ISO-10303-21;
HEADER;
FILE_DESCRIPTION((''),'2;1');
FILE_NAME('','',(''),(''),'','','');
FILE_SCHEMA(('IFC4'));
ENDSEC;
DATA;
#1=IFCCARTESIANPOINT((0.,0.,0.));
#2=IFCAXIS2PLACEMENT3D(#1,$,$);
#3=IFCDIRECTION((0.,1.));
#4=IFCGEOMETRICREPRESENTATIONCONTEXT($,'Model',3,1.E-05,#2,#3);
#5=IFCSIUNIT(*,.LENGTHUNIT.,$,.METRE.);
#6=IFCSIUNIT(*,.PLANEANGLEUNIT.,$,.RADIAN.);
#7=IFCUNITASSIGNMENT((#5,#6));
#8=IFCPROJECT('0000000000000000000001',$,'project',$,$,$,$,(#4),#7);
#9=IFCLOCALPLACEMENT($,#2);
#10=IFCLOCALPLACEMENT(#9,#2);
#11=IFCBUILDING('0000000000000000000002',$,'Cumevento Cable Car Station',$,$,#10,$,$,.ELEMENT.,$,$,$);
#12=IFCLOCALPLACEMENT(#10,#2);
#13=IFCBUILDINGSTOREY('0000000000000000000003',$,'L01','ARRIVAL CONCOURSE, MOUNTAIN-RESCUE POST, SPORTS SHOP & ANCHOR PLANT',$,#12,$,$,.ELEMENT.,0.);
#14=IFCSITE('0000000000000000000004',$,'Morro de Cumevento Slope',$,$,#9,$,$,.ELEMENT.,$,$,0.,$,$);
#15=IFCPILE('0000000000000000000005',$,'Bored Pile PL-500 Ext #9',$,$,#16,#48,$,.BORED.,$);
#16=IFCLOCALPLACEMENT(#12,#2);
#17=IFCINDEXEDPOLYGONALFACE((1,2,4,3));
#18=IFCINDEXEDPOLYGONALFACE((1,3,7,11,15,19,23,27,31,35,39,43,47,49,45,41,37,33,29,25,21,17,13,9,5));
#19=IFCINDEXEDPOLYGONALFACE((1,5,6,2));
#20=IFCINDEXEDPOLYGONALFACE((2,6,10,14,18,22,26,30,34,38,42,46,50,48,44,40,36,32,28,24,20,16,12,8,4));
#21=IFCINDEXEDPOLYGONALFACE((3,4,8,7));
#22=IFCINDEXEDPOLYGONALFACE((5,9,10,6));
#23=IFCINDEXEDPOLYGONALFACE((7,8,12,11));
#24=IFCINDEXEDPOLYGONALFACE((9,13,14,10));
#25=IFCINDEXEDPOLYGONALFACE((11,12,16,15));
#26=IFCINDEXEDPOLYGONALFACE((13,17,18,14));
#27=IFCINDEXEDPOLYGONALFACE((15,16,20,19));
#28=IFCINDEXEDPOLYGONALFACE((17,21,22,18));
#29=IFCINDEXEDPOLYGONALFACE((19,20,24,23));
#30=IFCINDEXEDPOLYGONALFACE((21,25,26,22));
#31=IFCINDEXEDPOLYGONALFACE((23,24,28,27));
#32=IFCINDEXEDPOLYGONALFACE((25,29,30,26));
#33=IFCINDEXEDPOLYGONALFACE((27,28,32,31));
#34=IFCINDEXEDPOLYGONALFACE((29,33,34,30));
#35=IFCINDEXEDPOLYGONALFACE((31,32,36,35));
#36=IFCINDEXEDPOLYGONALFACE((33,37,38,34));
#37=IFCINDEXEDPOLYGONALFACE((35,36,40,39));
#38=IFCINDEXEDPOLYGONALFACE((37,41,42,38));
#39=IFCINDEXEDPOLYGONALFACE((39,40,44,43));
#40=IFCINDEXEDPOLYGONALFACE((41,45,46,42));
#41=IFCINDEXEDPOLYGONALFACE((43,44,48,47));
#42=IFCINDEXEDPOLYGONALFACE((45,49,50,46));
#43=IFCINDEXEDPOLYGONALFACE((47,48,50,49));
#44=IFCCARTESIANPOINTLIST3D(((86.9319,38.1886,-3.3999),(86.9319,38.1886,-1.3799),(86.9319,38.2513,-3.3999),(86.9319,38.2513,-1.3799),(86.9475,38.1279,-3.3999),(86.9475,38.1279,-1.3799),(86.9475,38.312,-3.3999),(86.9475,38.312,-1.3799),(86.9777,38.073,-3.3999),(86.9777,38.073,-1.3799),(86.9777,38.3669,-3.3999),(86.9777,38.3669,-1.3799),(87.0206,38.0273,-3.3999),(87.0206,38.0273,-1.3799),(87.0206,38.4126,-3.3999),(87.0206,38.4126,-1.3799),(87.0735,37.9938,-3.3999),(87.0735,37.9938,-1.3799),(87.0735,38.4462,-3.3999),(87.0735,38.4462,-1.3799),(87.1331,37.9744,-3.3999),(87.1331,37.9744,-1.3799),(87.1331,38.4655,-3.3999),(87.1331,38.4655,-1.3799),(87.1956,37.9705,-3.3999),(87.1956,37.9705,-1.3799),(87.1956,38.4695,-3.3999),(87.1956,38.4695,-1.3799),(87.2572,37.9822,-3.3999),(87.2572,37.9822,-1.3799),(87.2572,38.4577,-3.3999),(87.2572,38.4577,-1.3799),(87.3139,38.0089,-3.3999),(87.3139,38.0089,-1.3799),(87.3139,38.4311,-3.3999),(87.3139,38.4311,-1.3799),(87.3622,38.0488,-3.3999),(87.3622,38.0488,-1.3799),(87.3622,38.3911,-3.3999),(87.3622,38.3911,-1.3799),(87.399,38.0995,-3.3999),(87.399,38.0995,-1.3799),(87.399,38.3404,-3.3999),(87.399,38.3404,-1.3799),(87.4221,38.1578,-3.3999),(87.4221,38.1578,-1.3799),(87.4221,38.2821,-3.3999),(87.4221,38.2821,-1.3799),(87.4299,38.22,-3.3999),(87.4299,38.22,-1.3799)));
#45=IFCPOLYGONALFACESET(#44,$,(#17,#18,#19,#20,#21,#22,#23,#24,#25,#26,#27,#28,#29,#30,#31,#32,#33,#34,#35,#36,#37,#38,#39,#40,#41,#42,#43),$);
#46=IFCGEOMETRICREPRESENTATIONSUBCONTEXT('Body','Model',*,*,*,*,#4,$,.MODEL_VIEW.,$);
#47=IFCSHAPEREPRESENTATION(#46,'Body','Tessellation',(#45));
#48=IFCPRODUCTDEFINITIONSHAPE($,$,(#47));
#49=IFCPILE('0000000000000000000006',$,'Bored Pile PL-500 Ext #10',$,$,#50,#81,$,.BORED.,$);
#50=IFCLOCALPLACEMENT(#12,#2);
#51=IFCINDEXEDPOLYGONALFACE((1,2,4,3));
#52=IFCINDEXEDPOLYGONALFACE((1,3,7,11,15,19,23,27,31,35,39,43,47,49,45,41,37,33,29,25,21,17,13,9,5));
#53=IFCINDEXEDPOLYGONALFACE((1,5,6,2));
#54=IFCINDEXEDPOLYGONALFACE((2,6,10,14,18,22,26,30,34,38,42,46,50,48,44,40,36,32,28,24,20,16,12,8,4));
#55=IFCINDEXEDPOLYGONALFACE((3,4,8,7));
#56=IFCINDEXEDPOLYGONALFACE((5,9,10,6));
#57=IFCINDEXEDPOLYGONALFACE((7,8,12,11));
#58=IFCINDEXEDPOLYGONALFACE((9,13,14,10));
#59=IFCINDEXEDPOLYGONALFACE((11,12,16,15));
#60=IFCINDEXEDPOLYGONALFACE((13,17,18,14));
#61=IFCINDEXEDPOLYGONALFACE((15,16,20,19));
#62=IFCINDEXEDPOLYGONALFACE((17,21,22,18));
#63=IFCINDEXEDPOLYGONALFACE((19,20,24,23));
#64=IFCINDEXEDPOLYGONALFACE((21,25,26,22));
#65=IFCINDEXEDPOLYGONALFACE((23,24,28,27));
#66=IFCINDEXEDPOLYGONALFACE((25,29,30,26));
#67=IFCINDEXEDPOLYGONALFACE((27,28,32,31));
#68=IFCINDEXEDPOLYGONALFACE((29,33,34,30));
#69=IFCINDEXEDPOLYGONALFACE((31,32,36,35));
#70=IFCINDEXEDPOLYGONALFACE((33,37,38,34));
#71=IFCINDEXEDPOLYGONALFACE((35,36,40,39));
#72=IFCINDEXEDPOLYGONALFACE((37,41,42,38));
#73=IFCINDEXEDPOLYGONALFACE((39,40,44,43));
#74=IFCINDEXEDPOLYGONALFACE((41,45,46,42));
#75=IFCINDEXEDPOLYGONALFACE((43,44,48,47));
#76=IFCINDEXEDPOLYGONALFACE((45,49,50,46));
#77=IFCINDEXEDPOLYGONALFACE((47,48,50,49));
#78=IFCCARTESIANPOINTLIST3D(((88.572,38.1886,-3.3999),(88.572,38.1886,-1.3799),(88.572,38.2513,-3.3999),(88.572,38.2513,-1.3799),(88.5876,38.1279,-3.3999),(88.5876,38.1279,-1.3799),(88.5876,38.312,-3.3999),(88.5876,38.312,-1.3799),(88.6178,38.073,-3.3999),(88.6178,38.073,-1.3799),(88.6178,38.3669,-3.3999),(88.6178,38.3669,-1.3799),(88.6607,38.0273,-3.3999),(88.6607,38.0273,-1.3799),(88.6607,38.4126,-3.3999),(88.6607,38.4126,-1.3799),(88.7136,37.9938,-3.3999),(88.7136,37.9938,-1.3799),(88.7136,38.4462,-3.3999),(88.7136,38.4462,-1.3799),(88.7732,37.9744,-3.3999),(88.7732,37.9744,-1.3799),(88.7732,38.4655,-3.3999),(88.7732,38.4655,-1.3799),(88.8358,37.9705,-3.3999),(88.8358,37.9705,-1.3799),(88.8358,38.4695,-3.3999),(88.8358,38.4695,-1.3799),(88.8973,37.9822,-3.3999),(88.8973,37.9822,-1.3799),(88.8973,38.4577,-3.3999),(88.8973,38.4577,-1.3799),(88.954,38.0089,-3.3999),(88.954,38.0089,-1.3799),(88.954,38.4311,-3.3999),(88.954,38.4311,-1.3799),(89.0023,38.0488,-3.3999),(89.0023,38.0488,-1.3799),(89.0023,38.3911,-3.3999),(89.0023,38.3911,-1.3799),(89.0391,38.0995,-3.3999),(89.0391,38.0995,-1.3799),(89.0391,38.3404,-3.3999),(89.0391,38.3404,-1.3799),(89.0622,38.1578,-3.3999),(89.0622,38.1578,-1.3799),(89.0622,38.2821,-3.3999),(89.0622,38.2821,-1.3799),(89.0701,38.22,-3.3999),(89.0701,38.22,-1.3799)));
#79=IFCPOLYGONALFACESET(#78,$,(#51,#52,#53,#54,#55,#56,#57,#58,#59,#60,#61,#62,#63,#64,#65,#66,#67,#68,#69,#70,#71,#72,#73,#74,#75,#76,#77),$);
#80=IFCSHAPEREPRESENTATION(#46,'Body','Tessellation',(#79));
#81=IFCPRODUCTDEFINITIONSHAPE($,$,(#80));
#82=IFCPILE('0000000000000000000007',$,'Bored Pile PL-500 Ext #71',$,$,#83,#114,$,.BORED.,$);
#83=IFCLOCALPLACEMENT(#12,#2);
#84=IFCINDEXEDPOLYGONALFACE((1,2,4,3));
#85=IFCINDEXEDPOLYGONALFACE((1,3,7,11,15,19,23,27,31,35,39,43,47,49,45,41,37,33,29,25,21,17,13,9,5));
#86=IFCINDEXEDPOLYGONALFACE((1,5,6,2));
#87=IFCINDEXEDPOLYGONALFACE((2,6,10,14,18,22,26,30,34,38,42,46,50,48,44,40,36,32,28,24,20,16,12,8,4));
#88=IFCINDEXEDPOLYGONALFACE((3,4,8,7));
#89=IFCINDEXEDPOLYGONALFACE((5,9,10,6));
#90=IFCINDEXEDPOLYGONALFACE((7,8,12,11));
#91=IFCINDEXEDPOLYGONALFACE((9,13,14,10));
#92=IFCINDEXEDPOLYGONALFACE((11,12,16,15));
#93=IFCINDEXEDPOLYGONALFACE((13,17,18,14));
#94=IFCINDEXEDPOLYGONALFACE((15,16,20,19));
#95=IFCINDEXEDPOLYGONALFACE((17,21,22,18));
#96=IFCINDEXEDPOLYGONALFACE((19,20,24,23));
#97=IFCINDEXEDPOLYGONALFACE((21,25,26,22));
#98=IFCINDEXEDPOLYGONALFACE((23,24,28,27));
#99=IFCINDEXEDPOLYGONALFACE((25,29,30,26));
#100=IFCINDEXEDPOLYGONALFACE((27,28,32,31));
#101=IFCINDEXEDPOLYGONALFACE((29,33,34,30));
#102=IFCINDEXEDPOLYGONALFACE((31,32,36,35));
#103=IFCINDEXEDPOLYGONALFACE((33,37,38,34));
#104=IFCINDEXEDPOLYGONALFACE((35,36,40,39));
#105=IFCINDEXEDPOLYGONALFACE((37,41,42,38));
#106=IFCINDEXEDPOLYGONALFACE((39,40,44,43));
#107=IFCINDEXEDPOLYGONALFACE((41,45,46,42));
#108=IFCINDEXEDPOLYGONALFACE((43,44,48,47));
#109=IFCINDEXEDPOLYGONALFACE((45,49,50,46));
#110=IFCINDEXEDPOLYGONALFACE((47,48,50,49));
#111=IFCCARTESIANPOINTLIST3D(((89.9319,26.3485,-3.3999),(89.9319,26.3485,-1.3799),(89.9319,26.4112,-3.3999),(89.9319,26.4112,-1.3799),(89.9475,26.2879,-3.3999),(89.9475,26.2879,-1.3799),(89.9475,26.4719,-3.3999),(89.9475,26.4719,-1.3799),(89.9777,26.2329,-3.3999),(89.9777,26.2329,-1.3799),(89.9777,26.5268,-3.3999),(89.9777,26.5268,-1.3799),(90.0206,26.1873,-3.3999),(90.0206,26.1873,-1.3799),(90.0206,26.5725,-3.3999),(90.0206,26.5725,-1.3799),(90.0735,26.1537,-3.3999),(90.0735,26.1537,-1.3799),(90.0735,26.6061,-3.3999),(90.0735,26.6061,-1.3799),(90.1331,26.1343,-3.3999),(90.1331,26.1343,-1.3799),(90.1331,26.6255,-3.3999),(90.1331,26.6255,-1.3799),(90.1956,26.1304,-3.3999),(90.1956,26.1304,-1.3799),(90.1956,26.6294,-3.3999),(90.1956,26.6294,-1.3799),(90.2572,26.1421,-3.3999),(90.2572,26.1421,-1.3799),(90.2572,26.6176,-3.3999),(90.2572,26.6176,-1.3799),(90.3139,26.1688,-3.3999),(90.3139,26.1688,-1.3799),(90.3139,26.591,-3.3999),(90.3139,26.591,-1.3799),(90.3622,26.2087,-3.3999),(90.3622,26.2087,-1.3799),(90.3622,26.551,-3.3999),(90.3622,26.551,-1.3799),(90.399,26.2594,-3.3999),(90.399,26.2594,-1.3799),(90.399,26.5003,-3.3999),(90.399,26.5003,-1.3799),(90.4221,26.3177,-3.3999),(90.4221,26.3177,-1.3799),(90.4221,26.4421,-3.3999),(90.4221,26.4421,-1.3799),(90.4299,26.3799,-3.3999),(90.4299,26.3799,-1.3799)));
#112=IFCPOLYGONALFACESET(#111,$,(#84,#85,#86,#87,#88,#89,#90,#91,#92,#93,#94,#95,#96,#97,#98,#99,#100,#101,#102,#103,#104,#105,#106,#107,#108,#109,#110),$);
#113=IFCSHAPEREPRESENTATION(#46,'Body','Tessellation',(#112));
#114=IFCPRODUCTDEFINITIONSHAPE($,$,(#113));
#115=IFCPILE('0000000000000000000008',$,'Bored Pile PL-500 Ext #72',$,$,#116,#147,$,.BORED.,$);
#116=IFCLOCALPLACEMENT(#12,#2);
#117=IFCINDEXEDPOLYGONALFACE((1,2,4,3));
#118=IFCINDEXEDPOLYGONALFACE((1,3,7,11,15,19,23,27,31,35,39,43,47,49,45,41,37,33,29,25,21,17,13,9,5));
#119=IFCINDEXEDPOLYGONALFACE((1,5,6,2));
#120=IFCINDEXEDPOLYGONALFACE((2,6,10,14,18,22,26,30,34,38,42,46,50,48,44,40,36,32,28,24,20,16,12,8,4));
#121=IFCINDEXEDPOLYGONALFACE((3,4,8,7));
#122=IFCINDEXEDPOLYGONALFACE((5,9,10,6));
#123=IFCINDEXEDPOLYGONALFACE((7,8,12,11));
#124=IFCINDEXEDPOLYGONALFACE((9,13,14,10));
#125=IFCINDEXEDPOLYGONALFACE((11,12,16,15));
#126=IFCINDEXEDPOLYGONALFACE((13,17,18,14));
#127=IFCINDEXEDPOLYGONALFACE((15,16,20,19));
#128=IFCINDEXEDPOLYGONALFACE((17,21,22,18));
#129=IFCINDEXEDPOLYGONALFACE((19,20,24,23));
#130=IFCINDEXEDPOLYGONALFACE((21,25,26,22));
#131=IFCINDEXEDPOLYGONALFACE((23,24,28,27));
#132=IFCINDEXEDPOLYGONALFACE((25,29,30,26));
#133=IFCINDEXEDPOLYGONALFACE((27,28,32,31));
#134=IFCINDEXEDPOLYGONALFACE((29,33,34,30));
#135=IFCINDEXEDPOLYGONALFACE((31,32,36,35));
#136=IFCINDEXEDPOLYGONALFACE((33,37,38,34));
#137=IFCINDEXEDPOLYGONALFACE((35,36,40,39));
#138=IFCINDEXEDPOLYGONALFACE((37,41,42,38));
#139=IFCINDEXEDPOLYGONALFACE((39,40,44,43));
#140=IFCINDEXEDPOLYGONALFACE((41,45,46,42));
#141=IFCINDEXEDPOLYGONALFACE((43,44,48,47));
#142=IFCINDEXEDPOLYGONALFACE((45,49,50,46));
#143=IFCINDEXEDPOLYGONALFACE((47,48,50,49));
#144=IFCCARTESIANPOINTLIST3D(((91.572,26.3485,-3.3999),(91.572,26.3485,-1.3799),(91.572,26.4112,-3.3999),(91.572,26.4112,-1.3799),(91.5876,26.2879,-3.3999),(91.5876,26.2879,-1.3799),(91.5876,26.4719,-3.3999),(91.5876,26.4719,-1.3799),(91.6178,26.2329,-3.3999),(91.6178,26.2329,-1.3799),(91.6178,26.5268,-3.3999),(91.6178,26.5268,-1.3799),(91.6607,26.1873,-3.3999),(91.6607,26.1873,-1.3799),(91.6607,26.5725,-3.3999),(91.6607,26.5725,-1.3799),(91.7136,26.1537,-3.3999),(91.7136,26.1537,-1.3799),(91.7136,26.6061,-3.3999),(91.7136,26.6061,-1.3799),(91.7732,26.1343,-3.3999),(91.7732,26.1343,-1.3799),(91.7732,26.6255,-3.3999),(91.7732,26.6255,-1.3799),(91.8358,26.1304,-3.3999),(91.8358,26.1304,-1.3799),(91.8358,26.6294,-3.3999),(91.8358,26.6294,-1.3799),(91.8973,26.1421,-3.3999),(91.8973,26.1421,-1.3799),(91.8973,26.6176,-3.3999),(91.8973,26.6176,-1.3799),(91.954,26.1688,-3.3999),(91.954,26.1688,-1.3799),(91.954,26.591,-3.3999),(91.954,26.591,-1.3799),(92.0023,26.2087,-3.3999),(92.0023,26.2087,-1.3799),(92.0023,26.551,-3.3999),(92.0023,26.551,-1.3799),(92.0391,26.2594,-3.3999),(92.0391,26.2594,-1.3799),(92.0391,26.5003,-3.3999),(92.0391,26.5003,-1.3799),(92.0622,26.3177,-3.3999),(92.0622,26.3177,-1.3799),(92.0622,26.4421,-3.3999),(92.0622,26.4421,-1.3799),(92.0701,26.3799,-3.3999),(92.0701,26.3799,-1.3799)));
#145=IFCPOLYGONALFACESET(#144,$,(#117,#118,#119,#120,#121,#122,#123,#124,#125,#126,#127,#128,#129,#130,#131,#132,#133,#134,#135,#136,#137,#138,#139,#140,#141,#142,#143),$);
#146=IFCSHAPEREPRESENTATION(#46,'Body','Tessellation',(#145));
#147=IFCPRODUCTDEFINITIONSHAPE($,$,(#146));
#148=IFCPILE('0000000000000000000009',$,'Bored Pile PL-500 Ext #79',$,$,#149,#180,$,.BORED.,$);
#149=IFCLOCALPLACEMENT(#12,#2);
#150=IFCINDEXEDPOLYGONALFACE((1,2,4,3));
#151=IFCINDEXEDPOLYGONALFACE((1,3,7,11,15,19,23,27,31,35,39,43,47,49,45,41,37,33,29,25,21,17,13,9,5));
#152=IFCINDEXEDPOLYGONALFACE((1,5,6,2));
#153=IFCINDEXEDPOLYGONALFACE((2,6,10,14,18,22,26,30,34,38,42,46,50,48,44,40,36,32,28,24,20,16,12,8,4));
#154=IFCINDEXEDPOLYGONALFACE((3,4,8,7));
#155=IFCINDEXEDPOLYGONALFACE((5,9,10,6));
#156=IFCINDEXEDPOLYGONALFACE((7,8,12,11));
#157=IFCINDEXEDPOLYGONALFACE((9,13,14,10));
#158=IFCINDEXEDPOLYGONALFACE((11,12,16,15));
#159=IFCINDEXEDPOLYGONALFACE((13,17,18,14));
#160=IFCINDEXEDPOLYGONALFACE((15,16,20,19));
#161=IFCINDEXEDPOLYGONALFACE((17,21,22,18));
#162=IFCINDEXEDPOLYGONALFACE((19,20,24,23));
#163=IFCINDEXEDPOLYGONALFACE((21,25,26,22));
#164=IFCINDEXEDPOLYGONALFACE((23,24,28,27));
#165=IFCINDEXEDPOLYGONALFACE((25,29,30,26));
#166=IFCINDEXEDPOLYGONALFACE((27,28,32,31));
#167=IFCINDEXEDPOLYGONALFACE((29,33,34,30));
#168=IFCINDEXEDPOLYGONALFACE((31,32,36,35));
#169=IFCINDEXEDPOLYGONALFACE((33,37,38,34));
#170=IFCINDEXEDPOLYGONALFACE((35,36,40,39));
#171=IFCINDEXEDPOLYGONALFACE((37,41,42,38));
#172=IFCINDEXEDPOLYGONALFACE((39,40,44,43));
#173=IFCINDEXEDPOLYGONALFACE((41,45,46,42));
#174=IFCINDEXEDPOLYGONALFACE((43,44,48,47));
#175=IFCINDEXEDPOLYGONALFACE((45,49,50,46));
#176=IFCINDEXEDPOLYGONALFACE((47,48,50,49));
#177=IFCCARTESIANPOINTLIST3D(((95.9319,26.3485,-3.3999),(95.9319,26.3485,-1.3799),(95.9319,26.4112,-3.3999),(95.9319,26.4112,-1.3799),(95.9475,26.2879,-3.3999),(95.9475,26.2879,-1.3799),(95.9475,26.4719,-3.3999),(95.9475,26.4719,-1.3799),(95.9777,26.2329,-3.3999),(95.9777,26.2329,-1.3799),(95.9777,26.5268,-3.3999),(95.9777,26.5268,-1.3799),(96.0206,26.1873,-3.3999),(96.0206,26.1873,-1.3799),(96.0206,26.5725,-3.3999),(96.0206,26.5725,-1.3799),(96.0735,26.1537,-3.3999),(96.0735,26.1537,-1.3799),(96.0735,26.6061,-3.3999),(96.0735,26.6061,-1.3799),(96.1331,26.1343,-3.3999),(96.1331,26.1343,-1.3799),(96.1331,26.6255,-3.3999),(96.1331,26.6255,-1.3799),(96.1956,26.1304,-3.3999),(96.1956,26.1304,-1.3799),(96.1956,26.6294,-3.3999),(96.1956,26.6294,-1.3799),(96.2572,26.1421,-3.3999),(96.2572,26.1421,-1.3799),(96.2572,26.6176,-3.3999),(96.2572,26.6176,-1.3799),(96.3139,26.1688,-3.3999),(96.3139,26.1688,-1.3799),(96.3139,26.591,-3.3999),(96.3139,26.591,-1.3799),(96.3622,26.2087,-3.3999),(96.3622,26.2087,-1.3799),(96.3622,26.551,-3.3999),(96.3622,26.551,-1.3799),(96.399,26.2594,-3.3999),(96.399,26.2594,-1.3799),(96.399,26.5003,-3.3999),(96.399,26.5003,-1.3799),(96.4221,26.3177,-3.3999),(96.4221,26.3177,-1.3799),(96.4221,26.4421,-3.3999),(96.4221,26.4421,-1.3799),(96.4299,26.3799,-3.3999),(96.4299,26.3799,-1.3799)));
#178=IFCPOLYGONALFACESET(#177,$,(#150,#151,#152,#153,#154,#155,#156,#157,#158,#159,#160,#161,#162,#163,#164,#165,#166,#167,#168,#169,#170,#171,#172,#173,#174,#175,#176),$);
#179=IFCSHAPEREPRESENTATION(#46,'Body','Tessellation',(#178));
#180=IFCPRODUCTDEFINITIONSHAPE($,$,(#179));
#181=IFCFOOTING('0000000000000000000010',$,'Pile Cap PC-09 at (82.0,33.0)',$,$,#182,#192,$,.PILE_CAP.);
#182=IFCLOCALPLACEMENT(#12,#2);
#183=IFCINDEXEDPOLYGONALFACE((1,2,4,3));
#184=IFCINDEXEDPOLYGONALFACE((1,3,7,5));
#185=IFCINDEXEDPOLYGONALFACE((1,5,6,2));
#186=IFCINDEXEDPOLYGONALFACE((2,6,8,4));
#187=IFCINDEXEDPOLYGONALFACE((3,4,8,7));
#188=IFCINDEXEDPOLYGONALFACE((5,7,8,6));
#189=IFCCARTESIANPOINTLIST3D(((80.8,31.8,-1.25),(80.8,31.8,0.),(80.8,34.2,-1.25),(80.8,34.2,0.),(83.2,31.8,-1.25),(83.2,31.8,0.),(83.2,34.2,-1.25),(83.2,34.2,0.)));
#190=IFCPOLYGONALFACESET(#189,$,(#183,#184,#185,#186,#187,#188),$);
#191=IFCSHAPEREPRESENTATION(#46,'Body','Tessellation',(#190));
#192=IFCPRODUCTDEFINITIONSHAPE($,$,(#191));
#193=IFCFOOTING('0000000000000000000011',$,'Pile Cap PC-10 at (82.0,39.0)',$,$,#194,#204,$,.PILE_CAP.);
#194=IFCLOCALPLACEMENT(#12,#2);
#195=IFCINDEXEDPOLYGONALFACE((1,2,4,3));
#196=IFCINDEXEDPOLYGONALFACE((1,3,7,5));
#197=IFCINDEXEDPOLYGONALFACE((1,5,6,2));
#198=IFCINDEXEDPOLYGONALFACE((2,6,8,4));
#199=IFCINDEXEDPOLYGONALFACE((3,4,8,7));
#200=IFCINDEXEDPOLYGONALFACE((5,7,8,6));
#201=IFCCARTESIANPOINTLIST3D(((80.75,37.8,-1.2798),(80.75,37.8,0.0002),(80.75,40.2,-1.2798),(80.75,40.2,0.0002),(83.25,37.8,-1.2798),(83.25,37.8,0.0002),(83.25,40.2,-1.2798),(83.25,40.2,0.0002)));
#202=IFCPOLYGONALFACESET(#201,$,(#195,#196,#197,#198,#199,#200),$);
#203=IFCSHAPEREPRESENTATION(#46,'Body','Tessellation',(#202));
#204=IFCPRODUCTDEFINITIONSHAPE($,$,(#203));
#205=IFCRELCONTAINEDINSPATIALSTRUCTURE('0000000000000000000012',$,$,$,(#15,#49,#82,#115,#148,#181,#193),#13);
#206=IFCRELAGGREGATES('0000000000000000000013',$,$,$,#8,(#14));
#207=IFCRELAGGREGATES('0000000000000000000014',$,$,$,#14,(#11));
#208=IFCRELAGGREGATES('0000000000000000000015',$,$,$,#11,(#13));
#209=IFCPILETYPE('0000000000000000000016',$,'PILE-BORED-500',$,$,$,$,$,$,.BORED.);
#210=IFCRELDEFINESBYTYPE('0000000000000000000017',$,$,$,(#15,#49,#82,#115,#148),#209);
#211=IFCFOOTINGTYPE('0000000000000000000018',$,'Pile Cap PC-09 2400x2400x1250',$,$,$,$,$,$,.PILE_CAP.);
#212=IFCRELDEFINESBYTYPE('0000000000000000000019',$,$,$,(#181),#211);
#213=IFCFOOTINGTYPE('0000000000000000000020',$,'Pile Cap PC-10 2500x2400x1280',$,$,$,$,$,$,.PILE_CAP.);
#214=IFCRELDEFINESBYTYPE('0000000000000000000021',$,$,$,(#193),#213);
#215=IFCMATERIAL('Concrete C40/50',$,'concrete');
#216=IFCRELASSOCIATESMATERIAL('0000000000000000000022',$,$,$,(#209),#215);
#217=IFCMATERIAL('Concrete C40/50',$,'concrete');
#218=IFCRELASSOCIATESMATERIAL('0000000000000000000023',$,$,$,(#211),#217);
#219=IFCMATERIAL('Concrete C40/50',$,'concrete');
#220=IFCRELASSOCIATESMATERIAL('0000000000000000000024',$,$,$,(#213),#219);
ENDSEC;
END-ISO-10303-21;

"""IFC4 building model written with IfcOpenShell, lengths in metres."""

from ifc_helpers import new_model, si_unit, direction, frame, origin, origin_2d, place, context, subcontext, project, spatial, rectangle, circle, extrude, material, material_profile, profile_set, type_object, element, save


model = new_model("IFC4")

# Units and contexts
model_context = context("Model", 3, precision=1e-05, world=origin(), true_north=direction((0.0, 1.0)))
body_context = subcontext(model_context, "Body", "Model", "MODEL_VIEW")
ifc_project = project(units=[si_unit("LENGTHUNIT", "METRE"), si_unit("PLANEANGLEUNIT", "RADIAN")], contexts=[model_context])

# Site, building, storey
site_placement = place(None, origin())
site = spatial("IfcSite", under=ifc_project, at=site_placement, Name="Morro de Cumevento Slope", CompositionType="ELEMENT", RefElevation=0.0)
building_placement = place(site_placement, origin())
building = spatial("IfcBuilding", under=site, at=building_placement, Name="Cumevento Cable Car Station", CompositionType="ELEMENT")
storey_placement = place(building_placement, origin())
storey = spatial("IfcBuildingStorey", under=building, at=storey_placement, Name="L01", Description="ARRIVAL CONCOURSE, MOUNTAIN-RESCUE POST, SPORTS SHOP & ANCHOR PLANT", CompositionType="ELEMENT", Elevation=0.0)

# Piles
ifc_material_1 = material(Name="Concrete C40/50", Category="concrete")
ifc_material_profile_1 = material_profile(ifc_material_1, circle(Radius=0.25, at=origin_2d()), Name="PILE-D500")
ifc_profile_set_1 = profile_set([ifc_material_profile_1], Name="Concrete C40/50")
pile_type = type_object("IfcPileType", Name="PILE-BORED-500", PredefinedType="BORED", material=ifc_profile_set_1)
for number, where, z_axis, x_axis, name in (
    (1, (87.1799, 38.22, -1.3799), (0.0, 0.0, -1.0), (1.0, 0.0, 0.0), "Bored Pile PL-500 Ext #9"),
    (2, (88.8201, 38.22, -1.3799), (0.0, 0.0, -1.0), (1.0, 0.0, 0.0), "Bored Pile PL-500 Ext #10"),
    (3, (90.1799, 26.3799, -1.3799), (0.0, 0.0, -1.0), (1.0, 0.0, 0.0), "Bored Pile PL-500 Ext #71"),
    (4, (91.8201, 26.3799, -1.3799), (0.0, 0.0, -1.0), (1.0, 0.0, 0.0), "Bored Pile PL-500 Ext #72"),
    (5, (96.1799, 26.3799, -1.3799), (0.0, 0.0, -1.0), (1.0, 0.0, 0.0), "Bored Pile PL-500 Ext #79"),
):
    element("IfcPile", number, at=place(storey_placement, frame(where, z_axis=z_axis, x_axis=x_axis)), inside=storey, type_object=pile_type, Name=name, PredefinedType="BORED", context=body_context, shape_type="SweptSolid", body=[
        extrude(circle(Radius=0.25, at=origin_2d()), origin(), (0.0, 0.0, 1.0), 2.02),
    ])

# Footings
ifc_material_2 = material(Name="Concrete C40/50", Category="concrete")
footing_type_1 = type_object("IfcFootingType", Name="Pile Cap PC-09 2400x2400x1250", PredefinedType="PILE_CAP", material=ifc_material_2)
footing_1_placement = place(storey_placement, frame((82.0, 33.0, -1.25), z_axis=(0.0, 0.0, 1.0), x_axis=(1.0, 0.0, 0.0)))
element("IfcFooting", 6, at=footing_1_placement, inside=storey, type_object=footing_type_1, Name="Pile Cap PC-09 at (82.0,33.0)", PredefinedType="PILE_CAP", context=body_context, shape_type="SweptSolid", body=[
    extrude(rectangle(XDim=2.3999, YDim=2.3999, at=origin_2d()), origin(), (0.0, 0.0, 1.0), 1.25),
])
ifc_material_3 = material(Name="Concrete C40/50", Category="concrete")
footing_type_2 = type_object("IfcFootingType", Name="Pile Cap PC-10 2500x2400x1280", PredefinedType="PILE_CAP", material=ifc_material_3)
footing_2_placement = place(storey_placement, frame((82.0, 39.0, -1.2798), z_axis=(0.0, 0.0, 1.0), x_axis=(1.0, 0.0, 0.0)))
element("IfcFooting", 7, at=footing_2_placement, inside=storey, type_object=footing_type_2, Name="Pile Cap PC-10 at (82.0,39.0)", PredefinedType="PILE_CAP", context=body_context, shape_type="SweptSolid", body=[
    extrude(rectangle(XDim=2.5, YDim=2.3999, at=origin_2d()), origin(), (0.0, 0.0, 1.0), 1.28),
])

save(model, "model.ifc")
